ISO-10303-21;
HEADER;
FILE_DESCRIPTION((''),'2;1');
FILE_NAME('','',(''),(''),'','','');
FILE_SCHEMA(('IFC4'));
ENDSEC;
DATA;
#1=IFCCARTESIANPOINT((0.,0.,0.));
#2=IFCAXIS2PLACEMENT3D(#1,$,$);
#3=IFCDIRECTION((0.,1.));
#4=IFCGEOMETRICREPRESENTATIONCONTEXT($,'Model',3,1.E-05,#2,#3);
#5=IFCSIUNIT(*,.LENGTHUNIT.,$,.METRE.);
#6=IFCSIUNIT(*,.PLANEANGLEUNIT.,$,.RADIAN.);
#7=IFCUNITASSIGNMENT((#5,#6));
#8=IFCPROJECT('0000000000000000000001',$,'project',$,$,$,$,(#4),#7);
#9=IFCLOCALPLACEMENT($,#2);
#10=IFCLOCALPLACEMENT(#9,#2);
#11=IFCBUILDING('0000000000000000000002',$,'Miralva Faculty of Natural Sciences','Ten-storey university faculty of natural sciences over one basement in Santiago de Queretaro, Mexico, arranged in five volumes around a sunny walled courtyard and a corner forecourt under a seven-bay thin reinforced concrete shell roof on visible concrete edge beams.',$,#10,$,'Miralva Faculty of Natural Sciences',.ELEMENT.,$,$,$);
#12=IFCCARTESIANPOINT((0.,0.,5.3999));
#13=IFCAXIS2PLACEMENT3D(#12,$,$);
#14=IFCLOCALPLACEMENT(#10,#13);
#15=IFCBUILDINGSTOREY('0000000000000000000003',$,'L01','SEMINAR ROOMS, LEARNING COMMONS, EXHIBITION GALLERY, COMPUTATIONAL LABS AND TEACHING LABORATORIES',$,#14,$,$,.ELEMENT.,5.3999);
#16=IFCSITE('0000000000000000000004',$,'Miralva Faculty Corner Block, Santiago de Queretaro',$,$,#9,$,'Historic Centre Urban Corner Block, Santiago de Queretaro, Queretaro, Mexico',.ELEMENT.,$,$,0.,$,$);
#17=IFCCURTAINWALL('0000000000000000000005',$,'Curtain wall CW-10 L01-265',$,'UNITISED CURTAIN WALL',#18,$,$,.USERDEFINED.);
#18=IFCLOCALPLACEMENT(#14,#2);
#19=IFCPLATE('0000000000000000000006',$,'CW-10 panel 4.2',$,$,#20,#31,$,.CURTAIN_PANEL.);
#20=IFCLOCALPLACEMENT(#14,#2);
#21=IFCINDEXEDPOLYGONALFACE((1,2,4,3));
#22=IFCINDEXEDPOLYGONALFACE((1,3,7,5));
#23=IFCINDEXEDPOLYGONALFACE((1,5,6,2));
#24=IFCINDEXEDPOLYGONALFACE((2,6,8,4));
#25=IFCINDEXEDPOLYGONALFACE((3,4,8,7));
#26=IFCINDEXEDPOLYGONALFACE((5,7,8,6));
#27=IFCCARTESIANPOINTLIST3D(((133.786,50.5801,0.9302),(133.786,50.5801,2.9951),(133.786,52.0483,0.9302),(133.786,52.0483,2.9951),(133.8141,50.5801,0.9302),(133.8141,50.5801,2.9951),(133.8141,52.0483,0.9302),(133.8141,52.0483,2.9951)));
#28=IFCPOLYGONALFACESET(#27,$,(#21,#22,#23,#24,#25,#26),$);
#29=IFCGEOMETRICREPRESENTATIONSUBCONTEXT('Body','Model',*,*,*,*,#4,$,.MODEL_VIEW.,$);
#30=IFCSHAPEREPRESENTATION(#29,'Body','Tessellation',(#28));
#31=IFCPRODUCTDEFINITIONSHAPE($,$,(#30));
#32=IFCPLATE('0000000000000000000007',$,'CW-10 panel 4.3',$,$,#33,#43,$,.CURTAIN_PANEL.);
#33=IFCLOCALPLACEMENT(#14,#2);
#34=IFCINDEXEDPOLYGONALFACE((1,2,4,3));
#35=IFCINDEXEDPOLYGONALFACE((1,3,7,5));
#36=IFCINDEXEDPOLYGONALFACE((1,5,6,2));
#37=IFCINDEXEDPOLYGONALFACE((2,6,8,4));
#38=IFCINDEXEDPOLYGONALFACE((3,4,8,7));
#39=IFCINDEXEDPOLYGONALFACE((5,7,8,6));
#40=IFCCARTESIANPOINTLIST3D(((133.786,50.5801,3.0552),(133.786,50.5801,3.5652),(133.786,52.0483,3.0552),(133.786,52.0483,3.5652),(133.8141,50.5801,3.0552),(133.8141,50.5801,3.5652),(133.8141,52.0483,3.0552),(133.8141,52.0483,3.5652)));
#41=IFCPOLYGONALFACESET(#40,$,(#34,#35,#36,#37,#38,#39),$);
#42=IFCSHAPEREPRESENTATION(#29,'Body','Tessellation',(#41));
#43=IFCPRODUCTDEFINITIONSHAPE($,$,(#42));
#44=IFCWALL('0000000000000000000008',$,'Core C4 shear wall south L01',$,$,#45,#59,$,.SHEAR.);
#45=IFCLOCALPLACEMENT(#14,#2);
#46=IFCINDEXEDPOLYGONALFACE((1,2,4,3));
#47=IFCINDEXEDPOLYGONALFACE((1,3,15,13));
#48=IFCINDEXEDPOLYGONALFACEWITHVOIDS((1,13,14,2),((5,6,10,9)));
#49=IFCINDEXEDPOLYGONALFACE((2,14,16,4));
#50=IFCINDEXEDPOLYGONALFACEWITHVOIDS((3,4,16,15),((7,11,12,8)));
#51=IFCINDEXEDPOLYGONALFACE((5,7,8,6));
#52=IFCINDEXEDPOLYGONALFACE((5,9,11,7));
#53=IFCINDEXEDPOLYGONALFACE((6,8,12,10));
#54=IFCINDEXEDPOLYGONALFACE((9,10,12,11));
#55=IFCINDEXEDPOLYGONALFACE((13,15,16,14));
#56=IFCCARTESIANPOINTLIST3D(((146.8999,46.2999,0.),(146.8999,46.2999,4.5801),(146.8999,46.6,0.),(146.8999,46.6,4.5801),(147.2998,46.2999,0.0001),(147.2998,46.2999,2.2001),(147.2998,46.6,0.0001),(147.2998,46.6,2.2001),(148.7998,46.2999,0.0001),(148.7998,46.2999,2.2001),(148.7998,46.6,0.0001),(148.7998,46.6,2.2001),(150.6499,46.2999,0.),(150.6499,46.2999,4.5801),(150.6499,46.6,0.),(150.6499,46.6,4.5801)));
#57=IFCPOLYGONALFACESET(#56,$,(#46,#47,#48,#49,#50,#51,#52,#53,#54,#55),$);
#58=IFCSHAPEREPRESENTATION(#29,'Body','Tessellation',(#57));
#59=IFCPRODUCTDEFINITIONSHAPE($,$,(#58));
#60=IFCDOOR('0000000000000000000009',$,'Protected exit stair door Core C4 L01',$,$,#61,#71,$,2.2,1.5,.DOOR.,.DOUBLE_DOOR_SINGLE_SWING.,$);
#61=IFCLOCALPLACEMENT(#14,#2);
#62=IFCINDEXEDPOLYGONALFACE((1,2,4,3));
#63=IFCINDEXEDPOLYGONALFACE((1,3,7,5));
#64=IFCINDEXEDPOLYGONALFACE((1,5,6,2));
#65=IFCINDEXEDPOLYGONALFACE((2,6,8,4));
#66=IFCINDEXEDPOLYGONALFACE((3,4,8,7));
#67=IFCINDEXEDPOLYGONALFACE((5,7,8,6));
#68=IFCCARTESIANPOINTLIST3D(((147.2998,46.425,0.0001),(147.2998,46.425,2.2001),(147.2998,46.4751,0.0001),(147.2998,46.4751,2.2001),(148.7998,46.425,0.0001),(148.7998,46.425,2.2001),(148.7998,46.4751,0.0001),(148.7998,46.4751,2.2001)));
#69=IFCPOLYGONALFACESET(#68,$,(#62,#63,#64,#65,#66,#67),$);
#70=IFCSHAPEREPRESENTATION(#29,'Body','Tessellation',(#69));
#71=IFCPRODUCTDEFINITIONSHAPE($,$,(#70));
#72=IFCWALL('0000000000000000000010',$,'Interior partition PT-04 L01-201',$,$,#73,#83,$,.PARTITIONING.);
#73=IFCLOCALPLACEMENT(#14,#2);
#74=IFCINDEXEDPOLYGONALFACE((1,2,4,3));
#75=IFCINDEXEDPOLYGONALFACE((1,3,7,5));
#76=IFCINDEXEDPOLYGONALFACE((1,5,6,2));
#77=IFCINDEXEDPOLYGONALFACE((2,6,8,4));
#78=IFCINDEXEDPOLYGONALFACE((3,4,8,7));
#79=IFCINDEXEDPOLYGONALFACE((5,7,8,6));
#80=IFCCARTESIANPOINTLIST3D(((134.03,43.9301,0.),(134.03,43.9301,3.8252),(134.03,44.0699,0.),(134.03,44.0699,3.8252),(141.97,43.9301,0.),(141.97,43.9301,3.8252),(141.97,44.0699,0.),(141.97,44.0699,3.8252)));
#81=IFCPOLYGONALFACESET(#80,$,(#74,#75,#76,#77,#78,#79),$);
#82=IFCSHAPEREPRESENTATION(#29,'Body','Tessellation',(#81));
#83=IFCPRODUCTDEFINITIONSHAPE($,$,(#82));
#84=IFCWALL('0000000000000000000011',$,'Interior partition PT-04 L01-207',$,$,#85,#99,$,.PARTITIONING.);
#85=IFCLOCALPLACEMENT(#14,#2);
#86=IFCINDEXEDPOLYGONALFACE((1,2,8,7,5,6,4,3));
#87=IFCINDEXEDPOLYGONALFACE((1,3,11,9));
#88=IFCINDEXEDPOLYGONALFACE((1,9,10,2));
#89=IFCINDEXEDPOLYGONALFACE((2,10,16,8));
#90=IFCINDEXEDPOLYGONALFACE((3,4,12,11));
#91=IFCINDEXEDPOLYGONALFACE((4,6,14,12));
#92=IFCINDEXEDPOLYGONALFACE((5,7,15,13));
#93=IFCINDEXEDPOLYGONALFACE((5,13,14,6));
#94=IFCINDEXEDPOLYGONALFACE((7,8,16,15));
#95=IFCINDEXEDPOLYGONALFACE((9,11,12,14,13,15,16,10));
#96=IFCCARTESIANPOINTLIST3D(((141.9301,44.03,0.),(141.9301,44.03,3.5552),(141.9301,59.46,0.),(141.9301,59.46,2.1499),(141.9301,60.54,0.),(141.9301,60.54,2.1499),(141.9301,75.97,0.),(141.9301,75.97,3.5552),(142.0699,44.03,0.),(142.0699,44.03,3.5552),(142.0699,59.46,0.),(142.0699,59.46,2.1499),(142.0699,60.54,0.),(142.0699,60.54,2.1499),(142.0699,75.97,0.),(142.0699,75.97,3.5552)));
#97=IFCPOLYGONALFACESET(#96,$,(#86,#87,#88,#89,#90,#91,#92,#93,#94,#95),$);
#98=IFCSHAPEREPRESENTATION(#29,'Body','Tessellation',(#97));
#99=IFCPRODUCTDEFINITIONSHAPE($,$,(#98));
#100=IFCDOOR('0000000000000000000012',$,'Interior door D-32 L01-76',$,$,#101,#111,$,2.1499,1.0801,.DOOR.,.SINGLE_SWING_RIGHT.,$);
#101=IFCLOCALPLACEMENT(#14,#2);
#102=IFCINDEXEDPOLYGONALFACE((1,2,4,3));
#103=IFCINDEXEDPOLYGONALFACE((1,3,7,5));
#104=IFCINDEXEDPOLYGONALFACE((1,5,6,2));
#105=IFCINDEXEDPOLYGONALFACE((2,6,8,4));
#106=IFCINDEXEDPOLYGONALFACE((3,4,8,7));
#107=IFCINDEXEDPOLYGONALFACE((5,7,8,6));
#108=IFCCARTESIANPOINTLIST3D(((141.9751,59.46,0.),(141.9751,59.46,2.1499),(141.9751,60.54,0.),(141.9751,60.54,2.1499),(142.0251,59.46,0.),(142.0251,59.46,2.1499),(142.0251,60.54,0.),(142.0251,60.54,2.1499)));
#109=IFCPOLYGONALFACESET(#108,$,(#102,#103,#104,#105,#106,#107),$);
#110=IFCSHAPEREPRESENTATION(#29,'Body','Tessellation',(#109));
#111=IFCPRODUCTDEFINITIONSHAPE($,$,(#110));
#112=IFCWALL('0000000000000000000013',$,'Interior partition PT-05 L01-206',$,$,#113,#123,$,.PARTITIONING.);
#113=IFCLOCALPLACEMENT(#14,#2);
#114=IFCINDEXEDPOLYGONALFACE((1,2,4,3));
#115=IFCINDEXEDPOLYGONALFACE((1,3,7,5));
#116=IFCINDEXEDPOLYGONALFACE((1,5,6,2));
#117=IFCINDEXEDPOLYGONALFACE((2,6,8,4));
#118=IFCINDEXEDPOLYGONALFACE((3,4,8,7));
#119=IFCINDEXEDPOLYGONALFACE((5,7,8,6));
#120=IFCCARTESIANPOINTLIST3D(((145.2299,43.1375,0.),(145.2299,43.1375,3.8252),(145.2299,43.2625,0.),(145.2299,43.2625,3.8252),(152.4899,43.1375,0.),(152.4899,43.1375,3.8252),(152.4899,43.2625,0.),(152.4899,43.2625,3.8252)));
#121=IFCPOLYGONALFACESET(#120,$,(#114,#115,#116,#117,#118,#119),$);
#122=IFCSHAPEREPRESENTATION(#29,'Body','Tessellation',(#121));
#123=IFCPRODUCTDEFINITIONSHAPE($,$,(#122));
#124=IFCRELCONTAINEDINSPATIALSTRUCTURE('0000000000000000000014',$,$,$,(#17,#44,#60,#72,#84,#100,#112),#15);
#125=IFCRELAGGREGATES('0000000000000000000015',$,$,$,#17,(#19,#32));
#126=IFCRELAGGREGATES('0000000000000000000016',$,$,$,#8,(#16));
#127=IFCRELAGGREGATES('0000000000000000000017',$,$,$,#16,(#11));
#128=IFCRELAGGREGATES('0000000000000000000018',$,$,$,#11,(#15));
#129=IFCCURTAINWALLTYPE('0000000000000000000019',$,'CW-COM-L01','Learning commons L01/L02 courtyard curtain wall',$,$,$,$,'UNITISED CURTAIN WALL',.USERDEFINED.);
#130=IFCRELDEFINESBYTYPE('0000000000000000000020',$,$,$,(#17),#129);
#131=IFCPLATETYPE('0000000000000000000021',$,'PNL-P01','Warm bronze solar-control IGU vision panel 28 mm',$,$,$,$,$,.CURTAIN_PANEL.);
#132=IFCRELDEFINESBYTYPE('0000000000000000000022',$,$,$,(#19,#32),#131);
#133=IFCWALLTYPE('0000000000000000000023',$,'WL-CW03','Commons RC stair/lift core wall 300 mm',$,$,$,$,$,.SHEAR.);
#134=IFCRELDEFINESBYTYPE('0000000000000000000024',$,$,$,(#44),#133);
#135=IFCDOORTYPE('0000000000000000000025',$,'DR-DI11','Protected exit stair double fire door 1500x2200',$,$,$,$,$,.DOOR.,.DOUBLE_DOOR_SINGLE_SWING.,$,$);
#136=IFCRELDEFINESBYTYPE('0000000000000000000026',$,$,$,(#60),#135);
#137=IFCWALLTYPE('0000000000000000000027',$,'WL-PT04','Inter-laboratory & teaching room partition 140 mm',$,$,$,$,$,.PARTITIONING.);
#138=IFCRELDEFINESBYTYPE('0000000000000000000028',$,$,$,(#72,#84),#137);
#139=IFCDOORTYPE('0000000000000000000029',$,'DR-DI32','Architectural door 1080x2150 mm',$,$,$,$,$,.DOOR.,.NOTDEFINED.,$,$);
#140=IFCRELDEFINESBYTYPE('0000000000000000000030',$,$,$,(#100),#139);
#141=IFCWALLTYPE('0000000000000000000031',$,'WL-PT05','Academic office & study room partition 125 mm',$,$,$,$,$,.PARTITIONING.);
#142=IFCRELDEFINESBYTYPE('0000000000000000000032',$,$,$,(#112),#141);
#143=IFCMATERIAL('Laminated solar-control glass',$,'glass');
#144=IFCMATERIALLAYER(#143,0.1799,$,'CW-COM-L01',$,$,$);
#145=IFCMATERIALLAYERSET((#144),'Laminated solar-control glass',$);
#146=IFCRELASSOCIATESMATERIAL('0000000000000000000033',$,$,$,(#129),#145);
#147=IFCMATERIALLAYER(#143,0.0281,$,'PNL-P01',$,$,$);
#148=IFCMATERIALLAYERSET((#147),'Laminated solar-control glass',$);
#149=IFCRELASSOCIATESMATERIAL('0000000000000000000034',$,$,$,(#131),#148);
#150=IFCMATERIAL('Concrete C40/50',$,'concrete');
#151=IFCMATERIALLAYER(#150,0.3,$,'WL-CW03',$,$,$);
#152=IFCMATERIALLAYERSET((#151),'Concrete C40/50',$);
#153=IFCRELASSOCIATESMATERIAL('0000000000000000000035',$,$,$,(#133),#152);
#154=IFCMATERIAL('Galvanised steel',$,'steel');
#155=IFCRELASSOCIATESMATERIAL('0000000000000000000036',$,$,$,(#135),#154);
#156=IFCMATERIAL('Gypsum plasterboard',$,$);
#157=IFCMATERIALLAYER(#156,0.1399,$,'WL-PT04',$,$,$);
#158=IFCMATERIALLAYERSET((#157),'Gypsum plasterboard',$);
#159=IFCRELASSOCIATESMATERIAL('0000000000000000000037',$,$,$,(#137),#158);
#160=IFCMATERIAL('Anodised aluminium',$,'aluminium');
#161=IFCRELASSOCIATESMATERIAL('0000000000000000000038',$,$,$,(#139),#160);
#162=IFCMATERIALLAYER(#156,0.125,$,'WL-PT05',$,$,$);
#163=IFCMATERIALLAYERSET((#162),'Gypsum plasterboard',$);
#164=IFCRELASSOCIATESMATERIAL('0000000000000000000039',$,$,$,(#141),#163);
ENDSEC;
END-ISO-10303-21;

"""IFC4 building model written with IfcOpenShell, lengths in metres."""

from ifc_helpers import new_model, si_unit, direction, frame, frame_2d, origin, origin_2d, place, context, subcontext, project, spatial, rectangle, extrude, material, layer, layer_set, type_object, element, fill, aggregate, save


model = new_model("IFC4")

# Units and contexts
model_context = context("Model", 3, precision=1e-05, world=origin(), true_north=direction((0.0, 1.0)))
body_context = subcontext(model_context, "Body", "Model", "MODEL_VIEW")
ifc_project = project(units=[si_unit("LENGTHUNIT", "METRE"), si_unit("PLANEANGLEUNIT", "RADIAN")], contexts=[model_context])

# Site, building, storey
site_placement = place(None, origin())
site = spatial("IfcSite", under=ifc_project, at=site_placement, Name="Miralva Faculty Corner Block, Santiago de Queretaro", LongName="Historic Centre Urban Corner Block, Santiago de Queretaro, Queretaro, Mexico", CompositionType="ELEMENT", RefElevation=0.0)
building_placement = place(site_placement, origin())
building = spatial("IfcBuilding", under=site, at=building_placement, Name="Miralva Faculty of Natural Sciences", Description="Ten-storey university faculty of natural sciences over one basement in Santiago de Queretaro, Mexico, arranged in five volumes around a sunny walled courtyard and a corner forecourt under a seven-bay thin reinforced concrete shell roof on visible concrete edge beams.", LongName="Miralva Faculty of Natural Sciences", CompositionType="ELEMENT")
storey_placement = place(building_placement, frame((0.0, 0.0, 5.3999)))
storey = spatial("IfcBuildingStorey", under=building, at=storey_placement, Name="L01", Description="SEMINAR ROOMS, LEARNING COMMONS, EXHIBITION GALLERY, COMPUTATIONAL LABS AND TEACHING LABORATORIES", CompositionType="ELEMENT", Elevation=5.3999)

# Shared definitions
ifc_material_1 = material(Name="Concrete C40/50", Category="concrete")

# Curtain wall, plates
ifc_material_2 = material(Name="Laminated solar-control glass", Category="glass")
ifc_layer_1 = layer(ifc_material_2, 0.1799, Name="CW-COM-L01")
ifc_layer_set_1 = layer_set([ifc_layer_1], Name="Laminated solar-control glass")
curtain_wall_type = type_object("IfcCurtainWallType", Name="CW-COM-L01", Description="Learning commons L01/L02 courtyard curtain wall", ElementType="UNITISED CURTAIN WALL", PredefinedType="USERDEFINED", material=ifc_layer_set_1)
curtain_wall_placement = place(storey_placement, origin())
curtain_wall = element("IfcCurtainWall", 1, at=curtain_wall_placement, inside=storey, type_object=curtain_wall_type, Name="Curtain wall CW-10 L01-265", ObjectType="UNITISED CURTAIN WALL", PredefinedType="USERDEFINED")
ifc_material_3 = material(Name="Anodised aluminium", Category="aluminium")
ifc_layer_2 = layer(ifc_material_2, 0.0281, Name="PNL-P01")
ifc_layer_set_2 = layer_set([ifc_layer_2], Name="Laminated solar-control glass")
plate_type = type_object("IfcPlateType", Name="PNL-P01", Description="Warm bronze solar-control IGU vision panel 28 mm", PredefinedType="CURTAIN_PANEL", material=ifc_layer_set_2)
plate_1_placement = place(storey_placement, frame((133.8, 51.3142, 0.9302), z_axis=(0.0, 0.0, 1.0), x_axis=(0.0, 1.0, 0.0)))
plate_1 = element("IfcPlate", 2, at=plate_1_placement, type_object=plate_type, Name="CW-10 panel 4.2", PredefinedType="CURTAIN_PANEL", context=body_context, shape_type="SweptSolid", body=[
    extrude(rectangle(XDim=1.4683, YDim=0.0281, at=origin_2d()), origin(), (0.0, 0.0, 1.0), 2.0649),
])
plate_2_placement = place(storey_placement, frame((133.8, 51.3142, 3.0552), z_axis=(0.0, 0.0, 1.0), x_axis=(0.0, 1.0, 0.0)))
plate_2 = element("IfcPlate", 3, at=plate_2_placement, type_object=plate_type, Name="CW-10 panel 4.3", PredefinedType="CURTAIN_PANEL", context=body_context, shape_type="SweptSolid", body=[
    extrude(rectangle(XDim=1.4683, YDim=0.0281, at=origin_2d()), origin(), (0.0, 0.0, 1.0), 0.51),
])
aggregate(curtain_wall, [plate_1, plate_2])

# Wall, opening, door
ifc_layer_3 = layer(ifc_material_1, 0.3, Name="WL-CW03")
ifc_layer_set_3 = layer_set([ifc_layer_3], Name="Concrete C40/50")
wall_type_1 = type_object("IfcWallType", Name="WL-CW03", Description="Commons RC stair/lift core wall 300 mm", PredefinedType="SHEAR", material=ifc_layer_set_3)
wall_1_placement = place(storey_placement, frame((146.8999, 46.45, 0.0), z_axis=(0.0, 0.0, 1.0), x_axis=(1.0, 0.0, 0.0)))
wall_1 = element("IfcWall", 4, at=wall_1_placement, inside=storey, type_object=wall_type_1, Name="Core C4 shear wall south L01", PredefinedType="SHEAR", context=body_context, shape_type="SweptSolid", body=[
    extrude(rectangle(XDim=3.75, YDim=0.3, at=frame_2d((1.875, 0.0))), origin(), (0.0, 0.0, 1.0), 4.5801),
])
opening_1_placement = place(wall_1_placement, frame((0.3999, 0.0, 0.0)))
opening_1 = element("IfcOpeningElement", 5, at=opening_1_placement, cuts=wall_1, PredefinedType="OPENING", context=body_context, shape_type="SweptSolid", body=[
    extrude(rectangle(XDim=1.5, YDim=2.2, at=frame_2d((0.75, 1.1001))), frame((0.0, 0.1599, 0.0), z_axis=(0.0, -1.0, 0.0), x_axis=(1.0, 0.0, 0.0)), (0.0, 0.0, 1.0), 0.3201),
])
ifc_material_4 = material(Name="Galvanised steel", Category="steel")
door_type_1 = type_object("IfcDoorType", Name="DR-DI11", Description="Protected exit stair double fire door 1500x2200", OperationType="DOUBLE_DOOR_SINGLE_SWING", PredefinedType="DOOR", material=ifc_material_4)
door_1_placement = place(opening_1_placement, frame((1.5, 0.0, 0.0), z_axis=(0.0, 0.0, 1.0), x_axis=(-1.0, 0.0, 0.0)))
door_1 = element("IfcDoor", 6, at=door_1_placement, inside=storey, type_object=door_type_1, Name="Protected exit stair door Core C4 L01", OperationType="DOUBLE_DOOR_SINGLE_SWING", OverallHeight=2.2, OverallWidth=1.5, PredefinedType="DOOR", context=body_context, shape_type="SweptSolid", body=[
    extrude(rectangle(XDim=1.5, YDim=2.2, at=frame_2d((0.75, 1.1001))), frame((0.0, 0.0249, 0.0), z_axis=(0.0, -1.0, 0.0), x_axis=(1.0, 0.0, 0.0)), (0.0, 0.0, 1.0), 0.05),
])
fill(opening_1, door_1)

# Wall
ifc_material_5 = material(Name="Gypsum plasterboard")
ifc_layer_4 = layer(ifc_material_5, 0.1399, Name="WL-PT04")
ifc_layer_set_4 = layer_set([ifc_layer_4], Name="Gypsum plasterboard")
wall_type_2 = type_object("IfcWallType", Name="WL-PT04", Description="Inter-laboratory & teaching room partition 140 mm", PredefinedType="PARTITIONING", material=ifc_layer_set_4)
wall_2_placement = place(storey_placement, frame((134.03, 44.0, 0.0), z_axis=(0.0, 0.0, 1.0), x_axis=(1.0, 0.0, 0.0)))
element("IfcWall", 7, at=wall_2_placement, inside=storey, type_object=wall_type_2, Name="Interior partition PT-04 L01-201", PredefinedType="PARTITIONING", context=body_context, shape_type="SweptSolid", body=[
    extrude(rectangle(XDim=7.9399, YDim=0.1399, at=frame_2d((3.97, 0.0))), origin(), (0.0, 0.0, 1.0), 3.8252),
])

# Wall, opening, door
wall_3_placement = place(storey_placement, frame((142.0, 44.03, 0.0), z_axis=(0.0, 0.0, 1.0), x_axis=(0.0, 1.0, 0.0)))
wall_3 = element("IfcWall", 8, at=wall_3_placement, inside=storey, type_object=wall_type_2, Name="Interior partition PT-04 L01-207", PredefinedType="PARTITIONING", context=body_context, shape_type="SweptSolid", body=[
    extrude(rectangle(XDim=31.9399, YDim=0.1399, at=frame_2d((15.97, 0.0))), origin(), (0.0, 0.0, 1.0), 3.5552),
])
opening_2_placement = place(wall_3_placement, frame((15.4299, 0.0, 0.0)))
opening_2 = element("IfcOpeningElement", 9, at=opening_2_placement, cuts=wall_3, PredefinedType="OPENING", context=body_context, shape_type="SweptSolid", body=[
    extrude(rectangle(XDim=1.0801, YDim=2.1499, at=frame_2d((0.54, 1.075))), frame((0.0, 0.0798, 0.0), z_axis=(0.0, -1.0, 0.0), x_axis=(1.0, 0.0, 0.0)), (0.0, 0.0, 1.0), 0.1599),
])
door_type_2 = type_object("IfcDoorType", Name="DR-DI32", Description="Architectural door 1080x2150 mm", OperationType="NOTDEFINED", PredefinedType="DOOR", material=ifc_material_3)
door_2_placement = place(opening_2_placement, origin())
door_2 = element("IfcDoor", 10, at=door_2_placement, inside=storey, type_object=door_type_2, Name="Interior door D-32 L01-76", OperationType="SINGLE_SWING_RIGHT", OverallHeight=2.1499, OverallWidth=1.0801, PredefinedType="DOOR", context=body_context, shape_type="SweptSolid", body=[
    extrude(rectangle(XDim=1.0801, YDim=2.1499, at=frame_2d((0.54, 1.075))), frame((0.0, 0.0249, 0.0), z_axis=(0.0, -1.0, 0.0), x_axis=(1.0, 0.0, 0.0)), (0.0, 0.0, 1.0), 0.05),
])
fill(opening_2, door_2)

# Wall
ifc_layer_5 = layer(ifc_material_5, 0.125, Name="WL-PT05")
ifc_layer_set_5 = layer_set([ifc_layer_5], Name="Gypsum plasterboard")
wall_type_3 = type_object("IfcWallType", Name="WL-PT05", Description="Academic office & study room partition 125 mm", PredefinedType="PARTITIONING", material=ifc_layer_set_5)
wall_4_placement = place(storey_placement, frame((145.23, 43.2, 0.0), z_axis=(0.0, 0.0, 1.0), x_axis=(1.0, 0.0, 0.0)))
element("IfcWall", 11, at=wall_4_placement, inside=storey, type_object=wall_type_3, Name="Interior partition PT-05 L01-206", PredefinedType="PARTITIONING", context=body_context, shape_type="SweptSolid", body=[
    extrude(rectangle(XDim=7.26, YDim=0.125, at=frame_2d((3.6299, 0.0))), origin(), (0.0, 0.0, 1.0), 3.8252),
])

save(model, "model.ifc")
